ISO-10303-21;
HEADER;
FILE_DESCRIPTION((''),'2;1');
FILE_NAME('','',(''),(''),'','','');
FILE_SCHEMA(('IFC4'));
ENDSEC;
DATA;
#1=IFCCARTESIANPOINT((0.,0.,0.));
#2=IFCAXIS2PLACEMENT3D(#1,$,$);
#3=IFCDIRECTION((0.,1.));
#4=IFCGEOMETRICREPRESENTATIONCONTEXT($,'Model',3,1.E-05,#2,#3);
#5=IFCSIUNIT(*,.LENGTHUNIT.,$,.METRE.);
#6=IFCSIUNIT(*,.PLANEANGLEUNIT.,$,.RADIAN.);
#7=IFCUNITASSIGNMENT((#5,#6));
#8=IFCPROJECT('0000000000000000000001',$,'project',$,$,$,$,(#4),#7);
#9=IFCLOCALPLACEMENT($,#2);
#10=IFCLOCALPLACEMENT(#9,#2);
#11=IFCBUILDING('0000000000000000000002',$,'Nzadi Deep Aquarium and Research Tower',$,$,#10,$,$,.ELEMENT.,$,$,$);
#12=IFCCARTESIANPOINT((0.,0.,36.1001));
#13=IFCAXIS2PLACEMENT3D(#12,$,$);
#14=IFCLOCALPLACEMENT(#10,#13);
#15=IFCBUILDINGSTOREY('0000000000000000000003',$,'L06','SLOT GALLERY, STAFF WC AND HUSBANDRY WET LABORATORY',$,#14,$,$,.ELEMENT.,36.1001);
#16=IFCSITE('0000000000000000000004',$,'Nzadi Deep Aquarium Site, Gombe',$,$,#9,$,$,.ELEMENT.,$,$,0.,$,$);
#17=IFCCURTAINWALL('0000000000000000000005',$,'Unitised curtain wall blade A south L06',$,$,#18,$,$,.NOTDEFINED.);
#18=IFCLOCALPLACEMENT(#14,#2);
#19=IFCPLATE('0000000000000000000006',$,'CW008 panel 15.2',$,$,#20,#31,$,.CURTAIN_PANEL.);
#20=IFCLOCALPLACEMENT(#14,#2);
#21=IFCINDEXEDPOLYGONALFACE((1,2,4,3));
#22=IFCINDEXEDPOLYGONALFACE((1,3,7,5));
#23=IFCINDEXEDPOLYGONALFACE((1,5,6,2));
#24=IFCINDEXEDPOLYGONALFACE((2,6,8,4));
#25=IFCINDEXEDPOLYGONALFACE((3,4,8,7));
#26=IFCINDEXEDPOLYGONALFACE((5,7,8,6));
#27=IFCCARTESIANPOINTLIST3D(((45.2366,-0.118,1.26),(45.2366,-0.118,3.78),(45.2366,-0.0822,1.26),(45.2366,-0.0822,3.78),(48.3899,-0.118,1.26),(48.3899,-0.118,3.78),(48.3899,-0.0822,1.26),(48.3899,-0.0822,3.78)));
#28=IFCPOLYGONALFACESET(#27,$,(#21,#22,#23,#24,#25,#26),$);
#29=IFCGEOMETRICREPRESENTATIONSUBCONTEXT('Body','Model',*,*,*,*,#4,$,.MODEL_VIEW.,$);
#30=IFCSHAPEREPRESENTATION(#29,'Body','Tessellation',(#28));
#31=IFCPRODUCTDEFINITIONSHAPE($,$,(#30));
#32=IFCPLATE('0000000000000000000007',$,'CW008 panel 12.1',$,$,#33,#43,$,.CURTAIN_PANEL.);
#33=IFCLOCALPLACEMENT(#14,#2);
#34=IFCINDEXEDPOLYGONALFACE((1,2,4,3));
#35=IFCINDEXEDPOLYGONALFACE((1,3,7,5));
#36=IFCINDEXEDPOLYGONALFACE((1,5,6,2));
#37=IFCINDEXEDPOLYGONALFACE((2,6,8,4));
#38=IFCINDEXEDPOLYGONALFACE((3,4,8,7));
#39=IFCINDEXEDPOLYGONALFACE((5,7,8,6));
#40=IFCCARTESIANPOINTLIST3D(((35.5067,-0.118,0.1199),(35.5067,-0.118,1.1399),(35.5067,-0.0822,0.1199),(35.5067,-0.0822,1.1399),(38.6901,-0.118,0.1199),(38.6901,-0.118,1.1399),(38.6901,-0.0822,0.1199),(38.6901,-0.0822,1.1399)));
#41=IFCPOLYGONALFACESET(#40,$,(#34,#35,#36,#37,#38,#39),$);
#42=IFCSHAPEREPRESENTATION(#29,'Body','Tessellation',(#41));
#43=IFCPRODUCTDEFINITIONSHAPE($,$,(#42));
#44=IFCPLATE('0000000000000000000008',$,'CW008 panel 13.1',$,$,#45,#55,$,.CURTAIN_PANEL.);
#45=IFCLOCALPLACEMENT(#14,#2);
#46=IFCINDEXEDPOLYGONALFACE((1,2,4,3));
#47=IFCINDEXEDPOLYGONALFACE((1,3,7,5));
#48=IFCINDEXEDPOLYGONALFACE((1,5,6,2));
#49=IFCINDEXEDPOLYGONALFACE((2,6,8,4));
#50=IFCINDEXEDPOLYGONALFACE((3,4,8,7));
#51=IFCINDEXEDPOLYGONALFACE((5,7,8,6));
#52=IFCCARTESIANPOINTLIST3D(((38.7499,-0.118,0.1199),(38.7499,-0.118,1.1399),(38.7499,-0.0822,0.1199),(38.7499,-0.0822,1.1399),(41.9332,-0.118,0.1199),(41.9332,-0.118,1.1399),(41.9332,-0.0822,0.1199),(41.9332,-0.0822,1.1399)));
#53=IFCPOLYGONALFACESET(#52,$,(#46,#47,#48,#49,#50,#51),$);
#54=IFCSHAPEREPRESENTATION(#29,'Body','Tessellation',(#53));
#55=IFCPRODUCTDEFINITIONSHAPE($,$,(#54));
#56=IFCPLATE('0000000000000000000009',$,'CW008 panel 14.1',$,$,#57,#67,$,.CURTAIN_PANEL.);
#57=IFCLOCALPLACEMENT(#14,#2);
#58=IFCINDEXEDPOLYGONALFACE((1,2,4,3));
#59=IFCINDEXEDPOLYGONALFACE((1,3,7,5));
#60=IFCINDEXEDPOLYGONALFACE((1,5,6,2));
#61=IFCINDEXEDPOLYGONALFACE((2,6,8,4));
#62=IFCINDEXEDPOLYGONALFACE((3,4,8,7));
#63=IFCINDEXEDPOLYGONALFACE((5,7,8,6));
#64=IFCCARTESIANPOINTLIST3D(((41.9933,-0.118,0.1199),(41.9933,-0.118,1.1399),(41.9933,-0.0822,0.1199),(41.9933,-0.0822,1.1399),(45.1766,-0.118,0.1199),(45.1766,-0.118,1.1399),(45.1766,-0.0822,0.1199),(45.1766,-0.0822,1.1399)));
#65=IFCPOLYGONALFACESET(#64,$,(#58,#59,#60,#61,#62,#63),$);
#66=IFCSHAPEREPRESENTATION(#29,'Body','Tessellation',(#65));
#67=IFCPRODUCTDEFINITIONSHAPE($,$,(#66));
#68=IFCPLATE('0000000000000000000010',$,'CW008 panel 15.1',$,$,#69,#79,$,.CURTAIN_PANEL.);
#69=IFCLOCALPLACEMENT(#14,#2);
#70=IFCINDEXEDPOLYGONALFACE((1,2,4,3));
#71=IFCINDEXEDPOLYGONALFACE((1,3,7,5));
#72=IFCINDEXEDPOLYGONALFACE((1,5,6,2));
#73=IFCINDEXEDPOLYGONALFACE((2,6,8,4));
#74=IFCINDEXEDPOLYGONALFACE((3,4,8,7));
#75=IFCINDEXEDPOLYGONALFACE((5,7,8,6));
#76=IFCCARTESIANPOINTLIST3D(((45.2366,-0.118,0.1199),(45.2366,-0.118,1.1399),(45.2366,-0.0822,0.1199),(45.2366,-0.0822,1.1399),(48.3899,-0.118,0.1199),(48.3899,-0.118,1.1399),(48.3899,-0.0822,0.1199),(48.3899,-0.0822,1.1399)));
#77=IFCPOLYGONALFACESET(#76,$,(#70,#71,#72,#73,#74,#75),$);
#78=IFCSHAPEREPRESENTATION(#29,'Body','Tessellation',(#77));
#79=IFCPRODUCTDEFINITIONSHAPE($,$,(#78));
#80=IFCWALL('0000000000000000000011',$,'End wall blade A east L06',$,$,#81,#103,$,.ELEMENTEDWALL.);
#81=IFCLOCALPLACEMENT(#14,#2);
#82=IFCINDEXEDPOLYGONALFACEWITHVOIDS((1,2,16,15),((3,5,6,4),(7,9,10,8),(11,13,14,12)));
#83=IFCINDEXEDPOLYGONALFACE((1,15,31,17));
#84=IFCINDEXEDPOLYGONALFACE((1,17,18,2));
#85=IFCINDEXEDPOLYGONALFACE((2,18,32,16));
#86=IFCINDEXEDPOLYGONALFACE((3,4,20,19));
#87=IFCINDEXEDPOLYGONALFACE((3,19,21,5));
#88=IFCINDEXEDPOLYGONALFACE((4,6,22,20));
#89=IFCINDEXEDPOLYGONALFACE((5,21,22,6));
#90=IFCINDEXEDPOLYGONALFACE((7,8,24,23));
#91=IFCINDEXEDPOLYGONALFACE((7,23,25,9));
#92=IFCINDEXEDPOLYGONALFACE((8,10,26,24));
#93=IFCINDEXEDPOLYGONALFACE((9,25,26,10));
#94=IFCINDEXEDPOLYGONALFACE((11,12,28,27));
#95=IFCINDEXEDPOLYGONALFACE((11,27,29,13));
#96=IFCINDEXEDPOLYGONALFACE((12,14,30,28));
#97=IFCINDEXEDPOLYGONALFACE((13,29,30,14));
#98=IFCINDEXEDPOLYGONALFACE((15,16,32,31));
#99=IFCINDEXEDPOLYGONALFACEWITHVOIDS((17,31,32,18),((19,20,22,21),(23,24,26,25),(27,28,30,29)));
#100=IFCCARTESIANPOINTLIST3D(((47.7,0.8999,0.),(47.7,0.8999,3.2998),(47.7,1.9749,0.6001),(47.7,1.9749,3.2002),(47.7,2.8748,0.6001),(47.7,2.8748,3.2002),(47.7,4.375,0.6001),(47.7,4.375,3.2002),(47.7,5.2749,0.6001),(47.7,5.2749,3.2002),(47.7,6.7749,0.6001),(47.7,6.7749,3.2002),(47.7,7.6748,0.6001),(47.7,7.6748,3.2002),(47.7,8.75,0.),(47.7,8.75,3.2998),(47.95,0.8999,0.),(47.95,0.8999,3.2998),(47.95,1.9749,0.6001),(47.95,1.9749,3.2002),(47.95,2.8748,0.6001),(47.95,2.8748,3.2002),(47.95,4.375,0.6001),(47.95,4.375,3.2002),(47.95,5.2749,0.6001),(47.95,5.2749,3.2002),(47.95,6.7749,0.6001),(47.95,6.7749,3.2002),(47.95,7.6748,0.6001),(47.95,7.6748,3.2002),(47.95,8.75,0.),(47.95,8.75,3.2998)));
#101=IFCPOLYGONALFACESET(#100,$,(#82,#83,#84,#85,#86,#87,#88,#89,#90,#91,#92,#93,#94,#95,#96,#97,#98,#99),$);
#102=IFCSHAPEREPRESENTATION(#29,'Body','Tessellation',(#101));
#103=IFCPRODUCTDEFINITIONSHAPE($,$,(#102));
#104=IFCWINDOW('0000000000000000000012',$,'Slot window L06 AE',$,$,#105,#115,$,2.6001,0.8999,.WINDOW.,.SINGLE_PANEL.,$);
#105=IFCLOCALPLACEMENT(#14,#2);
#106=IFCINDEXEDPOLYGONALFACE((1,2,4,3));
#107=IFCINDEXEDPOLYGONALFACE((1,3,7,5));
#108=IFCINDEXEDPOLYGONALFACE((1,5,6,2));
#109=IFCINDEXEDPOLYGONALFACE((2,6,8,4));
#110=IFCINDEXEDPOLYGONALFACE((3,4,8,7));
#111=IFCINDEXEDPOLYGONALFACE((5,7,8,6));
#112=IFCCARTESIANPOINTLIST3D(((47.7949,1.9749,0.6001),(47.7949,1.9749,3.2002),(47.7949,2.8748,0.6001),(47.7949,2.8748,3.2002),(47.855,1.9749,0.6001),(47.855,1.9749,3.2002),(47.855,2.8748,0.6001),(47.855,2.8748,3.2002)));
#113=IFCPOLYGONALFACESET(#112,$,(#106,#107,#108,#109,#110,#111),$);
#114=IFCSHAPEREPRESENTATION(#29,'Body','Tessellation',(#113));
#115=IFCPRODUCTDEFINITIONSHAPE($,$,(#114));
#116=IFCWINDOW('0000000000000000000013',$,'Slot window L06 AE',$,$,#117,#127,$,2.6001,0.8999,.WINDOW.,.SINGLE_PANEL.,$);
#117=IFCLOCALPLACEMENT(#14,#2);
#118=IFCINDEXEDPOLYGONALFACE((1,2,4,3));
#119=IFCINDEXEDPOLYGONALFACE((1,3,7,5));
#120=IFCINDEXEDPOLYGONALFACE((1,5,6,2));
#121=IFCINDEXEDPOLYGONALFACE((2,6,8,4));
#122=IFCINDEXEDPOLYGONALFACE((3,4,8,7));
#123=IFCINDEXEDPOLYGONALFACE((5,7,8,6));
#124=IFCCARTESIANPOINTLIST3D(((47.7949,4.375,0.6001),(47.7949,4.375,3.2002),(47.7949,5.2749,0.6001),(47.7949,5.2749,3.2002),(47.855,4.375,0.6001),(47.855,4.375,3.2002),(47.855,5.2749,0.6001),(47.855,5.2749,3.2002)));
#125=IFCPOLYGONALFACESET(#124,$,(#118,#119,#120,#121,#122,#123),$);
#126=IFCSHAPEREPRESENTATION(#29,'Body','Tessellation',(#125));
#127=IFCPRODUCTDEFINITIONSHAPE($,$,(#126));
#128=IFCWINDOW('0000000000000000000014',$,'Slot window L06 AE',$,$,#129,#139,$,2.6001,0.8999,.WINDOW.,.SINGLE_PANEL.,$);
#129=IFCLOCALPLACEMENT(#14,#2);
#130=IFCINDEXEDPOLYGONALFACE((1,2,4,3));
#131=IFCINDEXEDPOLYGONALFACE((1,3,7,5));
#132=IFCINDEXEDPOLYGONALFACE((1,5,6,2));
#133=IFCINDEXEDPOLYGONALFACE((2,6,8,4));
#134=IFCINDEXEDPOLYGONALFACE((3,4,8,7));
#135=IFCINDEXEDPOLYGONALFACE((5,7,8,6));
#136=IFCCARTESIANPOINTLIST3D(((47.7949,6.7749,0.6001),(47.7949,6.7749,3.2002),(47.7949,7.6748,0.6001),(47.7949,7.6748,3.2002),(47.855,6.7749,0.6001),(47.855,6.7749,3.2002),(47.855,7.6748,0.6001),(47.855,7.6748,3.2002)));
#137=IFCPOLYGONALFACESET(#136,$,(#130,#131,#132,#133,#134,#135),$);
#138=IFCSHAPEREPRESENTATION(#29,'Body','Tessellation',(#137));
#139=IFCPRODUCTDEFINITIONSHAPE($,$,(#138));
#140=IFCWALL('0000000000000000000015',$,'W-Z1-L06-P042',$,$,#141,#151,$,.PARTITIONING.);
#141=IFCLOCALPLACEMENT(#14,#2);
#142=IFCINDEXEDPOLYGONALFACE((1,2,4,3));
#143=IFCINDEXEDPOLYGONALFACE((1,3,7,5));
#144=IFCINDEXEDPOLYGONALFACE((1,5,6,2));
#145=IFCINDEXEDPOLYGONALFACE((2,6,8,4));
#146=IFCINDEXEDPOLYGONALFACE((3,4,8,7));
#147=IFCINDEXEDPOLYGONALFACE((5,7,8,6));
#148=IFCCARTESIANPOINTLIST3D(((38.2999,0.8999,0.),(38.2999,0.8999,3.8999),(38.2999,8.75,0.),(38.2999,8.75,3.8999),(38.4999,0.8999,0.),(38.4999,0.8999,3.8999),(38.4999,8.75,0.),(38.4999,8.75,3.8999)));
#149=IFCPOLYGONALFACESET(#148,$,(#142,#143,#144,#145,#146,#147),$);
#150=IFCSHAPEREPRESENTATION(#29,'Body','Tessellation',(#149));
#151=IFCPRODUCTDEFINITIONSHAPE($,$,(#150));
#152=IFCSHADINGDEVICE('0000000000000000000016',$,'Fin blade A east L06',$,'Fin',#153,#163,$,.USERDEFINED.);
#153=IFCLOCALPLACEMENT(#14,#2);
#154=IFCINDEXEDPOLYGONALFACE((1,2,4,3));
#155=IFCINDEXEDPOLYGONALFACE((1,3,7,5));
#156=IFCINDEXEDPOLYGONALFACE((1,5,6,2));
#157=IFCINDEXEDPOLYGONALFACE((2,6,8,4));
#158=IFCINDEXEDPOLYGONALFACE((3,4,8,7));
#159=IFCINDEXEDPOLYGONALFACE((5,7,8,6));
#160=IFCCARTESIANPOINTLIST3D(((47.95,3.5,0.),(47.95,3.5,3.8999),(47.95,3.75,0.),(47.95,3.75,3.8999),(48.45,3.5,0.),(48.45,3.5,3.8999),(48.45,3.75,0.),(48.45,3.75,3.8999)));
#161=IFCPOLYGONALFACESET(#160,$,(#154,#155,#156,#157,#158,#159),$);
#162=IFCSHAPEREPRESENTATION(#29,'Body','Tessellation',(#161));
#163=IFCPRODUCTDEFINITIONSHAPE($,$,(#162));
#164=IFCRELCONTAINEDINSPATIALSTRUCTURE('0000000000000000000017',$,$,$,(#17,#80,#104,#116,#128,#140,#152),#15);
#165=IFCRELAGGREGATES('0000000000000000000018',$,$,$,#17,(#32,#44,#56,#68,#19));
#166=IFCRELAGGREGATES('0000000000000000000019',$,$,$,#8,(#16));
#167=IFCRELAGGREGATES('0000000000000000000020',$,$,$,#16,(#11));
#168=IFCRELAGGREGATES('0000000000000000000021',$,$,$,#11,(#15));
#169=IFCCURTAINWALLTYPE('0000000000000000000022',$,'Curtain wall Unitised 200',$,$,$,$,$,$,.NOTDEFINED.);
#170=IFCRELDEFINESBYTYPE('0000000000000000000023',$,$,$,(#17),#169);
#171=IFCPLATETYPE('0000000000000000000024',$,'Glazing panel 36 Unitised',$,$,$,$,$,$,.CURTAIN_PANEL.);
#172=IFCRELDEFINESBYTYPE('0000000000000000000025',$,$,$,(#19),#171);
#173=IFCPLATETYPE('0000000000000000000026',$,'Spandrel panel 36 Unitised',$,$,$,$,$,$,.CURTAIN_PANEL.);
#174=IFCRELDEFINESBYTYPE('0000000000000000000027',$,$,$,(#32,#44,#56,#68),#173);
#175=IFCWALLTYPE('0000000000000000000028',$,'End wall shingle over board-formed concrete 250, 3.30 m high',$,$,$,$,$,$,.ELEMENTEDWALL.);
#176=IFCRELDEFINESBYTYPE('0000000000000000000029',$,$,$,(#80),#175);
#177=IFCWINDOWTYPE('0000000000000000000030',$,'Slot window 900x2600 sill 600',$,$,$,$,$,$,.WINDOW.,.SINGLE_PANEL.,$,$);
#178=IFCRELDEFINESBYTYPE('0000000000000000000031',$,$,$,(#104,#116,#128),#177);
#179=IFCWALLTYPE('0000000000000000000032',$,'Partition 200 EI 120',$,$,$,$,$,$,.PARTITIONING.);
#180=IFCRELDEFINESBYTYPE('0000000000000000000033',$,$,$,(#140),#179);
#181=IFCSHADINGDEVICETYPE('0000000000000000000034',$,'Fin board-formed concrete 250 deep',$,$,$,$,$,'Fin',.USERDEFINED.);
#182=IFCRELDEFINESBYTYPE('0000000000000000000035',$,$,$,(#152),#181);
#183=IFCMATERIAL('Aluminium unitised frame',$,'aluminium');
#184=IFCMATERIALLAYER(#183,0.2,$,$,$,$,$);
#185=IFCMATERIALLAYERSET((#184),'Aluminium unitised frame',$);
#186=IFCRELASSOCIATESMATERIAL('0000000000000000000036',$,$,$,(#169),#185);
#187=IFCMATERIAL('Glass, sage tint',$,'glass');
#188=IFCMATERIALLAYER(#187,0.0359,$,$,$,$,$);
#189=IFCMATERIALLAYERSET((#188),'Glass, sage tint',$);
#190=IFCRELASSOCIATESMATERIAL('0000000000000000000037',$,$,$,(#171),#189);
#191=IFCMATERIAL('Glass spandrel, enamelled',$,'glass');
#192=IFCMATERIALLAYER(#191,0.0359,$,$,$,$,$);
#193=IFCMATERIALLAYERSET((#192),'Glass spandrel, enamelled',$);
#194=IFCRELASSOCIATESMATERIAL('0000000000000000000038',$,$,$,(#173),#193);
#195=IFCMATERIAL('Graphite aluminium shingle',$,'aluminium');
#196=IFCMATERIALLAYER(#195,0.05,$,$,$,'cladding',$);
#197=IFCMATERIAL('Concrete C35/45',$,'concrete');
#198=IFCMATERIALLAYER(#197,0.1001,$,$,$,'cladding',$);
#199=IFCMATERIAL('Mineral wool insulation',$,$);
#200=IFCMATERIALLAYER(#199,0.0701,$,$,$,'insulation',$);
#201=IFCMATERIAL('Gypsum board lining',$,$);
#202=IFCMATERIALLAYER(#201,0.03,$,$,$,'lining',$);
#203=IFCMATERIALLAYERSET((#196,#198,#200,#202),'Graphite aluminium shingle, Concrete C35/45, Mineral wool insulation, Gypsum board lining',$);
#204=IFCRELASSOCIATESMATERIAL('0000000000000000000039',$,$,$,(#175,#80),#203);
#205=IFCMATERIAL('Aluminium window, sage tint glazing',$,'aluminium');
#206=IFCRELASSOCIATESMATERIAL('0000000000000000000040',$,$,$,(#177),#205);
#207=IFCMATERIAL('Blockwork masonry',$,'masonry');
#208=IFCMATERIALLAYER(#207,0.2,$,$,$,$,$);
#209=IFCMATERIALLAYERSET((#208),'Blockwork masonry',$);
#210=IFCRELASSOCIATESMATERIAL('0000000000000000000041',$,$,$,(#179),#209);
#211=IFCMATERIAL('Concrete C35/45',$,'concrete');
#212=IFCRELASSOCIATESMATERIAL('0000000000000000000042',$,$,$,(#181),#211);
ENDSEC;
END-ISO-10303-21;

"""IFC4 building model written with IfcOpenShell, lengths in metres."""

from ifc_helpers import new_model, si_unit, direction, frame, frame_2d, origin, origin_2d, place, context, subcontext, project, spatial, rectangle, extrude, material, layer, layer_set, layer_usage, type_object, element, fill, aggregate, save


model = new_model("IFC4")

# Units and contexts
model_context = context("Model", 3, precision=1e-05, world=origin(), true_north=direction((0.0, 1.0)))
body_context = subcontext(model_context, "Body", "Model", "MODEL_VIEW")
ifc_project = project(units=[si_unit("LENGTHUNIT", "METRE"), si_unit("PLANEANGLEUNIT", "RADIAN")], contexts=[model_context])

# Site, building, storey
site_placement = place(None, origin())
site = spatial("IfcSite", under=ifc_project, at=site_placement, Name="Nzadi Deep Aquarium Site, Gombe", CompositionType="ELEMENT", RefElevation=0.0)
building_placement = place(site_placement, origin())
building = spatial("IfcBuilding", under=site, at=building_placement, Name="Nzadi Deep Aquarium and Research Tower", CompositionType="ELEMENT")
storey_placement = place(building_placement, frame((0.0, 0.0, 36.1001)))
storey = spatial("IfcBuildingStorey", under=building, at=storey_placement, Name="L06", Description="SLOT GALLERY, STAFF WC AND HUSBANDRY WET LABORATORY", CompositionType="ELEMENT", Elevation=36.1001)

# Curtain wall
ifc_material_1 = material(Name="Aluminium unitised frame", Category="aluminium")
ifc_layer_1 = layer(ifc_material_1, 0.2)
ifc_layer_set_1 = layer_set([ifc_layer_1], Name="Aluminium unitised frame")
curtain_wall_type = type_object("IfcCurtainWallType", Name="Curtain wall Unitised 200", PredefinedType="NOTDEFINED", material=ifc_layer_set_1)
curtain_wall_placement = place(storey_placement, origin())
curtain_wall = element("IfcCurtainWall", 1, at=curtain_wall_placement, inside=storey, type_object=curtain_wall_type, Name="Unitised curtain wall blade A south L06", PredefinedType="NOTDEFINED")

# Plates
ifc_material_2 = material(Name="Glass, sage tint", Category="glass")
ifc_layer_2 = layer(ifc_material_2, 0.0359)
ifc_layer_set_2 = layer_set([ifc_layer_2], Name="Glass, sage tint")
plate_type_1 = type_object("IfcPlateType", Name="Glazing panel 36 Unitised", PredefinedType="CURTAIN_PANEL", material=ifc_layer_set_2)
plate_1_placement = place(storey_placement, frame((46.8132, -0.1001, 1.26), z_axis=(0.0, 0.0, 1.0), x_axis=(1.0, 0.0, 0.0)))
plate_1 = element("IfcPlate", 2, at=plate_1_placement, type_object=plate_type_1, Name="CW008 panel 15.2", PredefinedType="CURTAIN_PANEL", context=body_context, shape_type="SweptSolid", body=[
    extrude(rectangle(XDim=3.1533, YDim=0.0359, at=origin_2d()), origin(), (0.0, 0.0, 1.0), 2.52),
])
ifc_material_3 = material(Name="Glass spandrel, enamelled", Category="glass")
ifc_layer_3 = layer(ifc_material_3, 0.0359)
ifc_layer_set_3 = layer_set([ifc_layer_3], Name="Glass spandrel, enamelled")
plate_type_2 = type_object("IfcPlateType", Name="Spandrel panel 36 Unitised", PredefinedType="CURTAIN_PANEL", material=ifc_layer_set_3)
plate_2_placement = place(storey_placement, frame((37.0984, -0.1001, 0.1199), z_axis=(0.0, 0.0, 1.0), x_axis=(1.0, 0.0, 0.0)))
plate_2 = element("IfcPlate", 3, at=plate_2_placement, type_object=plate_type_2, Name="CW008 panel 12.1", PredefinedType="CURTAIN_PANEL", context=body_context, shape_type="SweptSolid", body=[
    extrude(rectangle(XDim=3.1833, YDim=0.0359, at=origin_2d()), origin(), (0.0, 0.0, 1.0), 1.02),
])
plate_3_placement = place(storey_placement, frame((40.3416, -0.1001, 0.1199), z_axis=(0.0, 0.0, 1.0), x_axis=(1.0, 0.0, 0.0)))
plate_3 = element("IfcPlate", 4, at=plate_3_placement, type_object=plate_type_2, Name="CW008 panel 13.1", PredefinedType="CURTAIN_PANEL", context=body_context, shape_type="SweptSolid", body=[
    extrude(rectangle(XDim=3.1833, YDim=0.0359, at=origin_2d()), origin(), (0.0, 0.0, 1.0), 1.02),
])
plate_4_placement = place(storey_placement, frame((43.585, -0.1001, 0.1199), z_axis=(0.0, 0.0, 1.0), x_axis=(1.0, 0.0, 0.0)))
plate_4 = element("IfcPlate", 5, at=plate_4_placement, type_object=plate_type_2, Name="CW008 panel 14.1", PredefinedType="CURTAIN_PANEL", context=body_context, shape_type="SweptSolid", body=[
    extrude(rectangle(XDim=3.1833, YDim=0.0359, at=origin_2d()), origin(), (0.0, 0.0, 1.0), 1.02),
])
plate_5_placement = place(storey_placement, frame((46.8132, -0.1001, 0.1199), z_axis=(0.0, 0.0, 1.0), x_axis=(1.0, 0.0, 0.0)))
plate_5 = element("IfcPlate", 6, at=plate_5_placement, type_object=plate_type_2, Name="CW008 panel 15.1", PredefinedType="CURTAIN_PANEL", context=body_context, shape_type="SweptSolid", body=[
    extrude(rectangle(XDim=3.1533, YDim=0.0359, at=origin_2d()), origin(), (0.0, 0.0, 1.0), 1.02),
])
aggregate(curtain_wall, [plate_2, plate_3, plate_4, plate_5, plate_1])

# Wall, openings, windows
ifc_material_4 = material(Name="Graphite aluminium shingle", Category="aluminium")
ifc_layer_4 = layer(ifc_material_4, 0.05, Category="cladding")
ifc_material_5 = material(Name="Concrete C35/45", Category="concrete")
ifc_layer_5 = layer(ifc_material_5, 0.1001, Category="cladding")
ifc_material_6 = material(Name="Mineral wool insulation")
ifc_layer_6 = layer(ifc_material_6, 0.0701, Category="insulation")
ifc_material_7 = material(Name="Gypsum board lining")
ifc_layer_7 = layer(ifc_material_7, 0.03, Category="lining")
ifc_layer_set_4 = layer_set([ifc_layer_4, ifc_layer_5, ifc_layer_6, ifc_layer_7], Name="Graphite aluminium shingle, Concrete C35/45, Mineral wool insulation, Gypsum board lining")
ifc_layer_usage = layer_usage(ifc_layer_set_4, "AXIS2", "POSITIVE", -0.125)
wall_type_1 = type_object("IfcWallType", Name="End wall shingle over board-formed concrete 250, 3.30 m high", PredefinedType="ELEMENTEDWALL", material=ifc_layer_set_4)
wall_1_placement = place(storey_placement, frame((47.825, 0.8999, 0.0), z_axis=(0.0, 0.0, 1.0), x_axis=(0.0, 1.0, 0.0)))
wall_1 = element("IfcWall", 7, at=wall_1_placement, inside=storey, type_object=wall_type_1, material=ifc_layer_usage, Name="End wall blade A east L06", PredefinedType="ELEMENTEDWALL", context=body_context, shape_type="SweptSolid", body=[
    extrude(rectangle(XDim=7.8501, YDim=0.25, at=frame_2d((3.925, 0.0))), origin(), (0.0, 0.0, 1.0), 3.2998),
])
opening_1_placement = place(wall_1_placement, frame((1.075, 0.0, 0.6001)))
opening_1 = element("IfcOpeningElement", 8, at=opening_1_placement, cuts=wall_1, PredefinedType="OPENING", context=body_context, shape_type="SweptSolid", body=[
    extrude(rectangle(XDim=0.8999, YDim=2.6001, at=frame_2d((0.45, 1.3))), frame((0.0, 0.135, 0.0), z_axis=(0.0, -1.0, 0.0), x_axis=(1.0, 0.0, 0.0)), (0.0, 0.0, 1.0), 0.27),
])
opening_2_placement = place(wall_1_placement, frame((3.4751, 0.0, 0.6001)))
opening_2 = element("IfcOpeningElement", 9, at=opening_2_placement, cuts=wall_1, PredefinedType="OPENING", context=body_context, shape_type="SweptSolid", body=[
    extrude(rectangle(XDim=0.8999, YDim=2.6001, at=frame_2d((0.45, 1.3))), frame((0.0, 0.135, 0.0), z_axis=(0.0, -1.0, 0.0), x_axis=(1.0, 0.0, 0.0)), (0.0, 0.0, 1.0), 0.27),
])
opening_3_placement = place(wall_1_placement, frame((5.875, 0.0, 0.6001)))
opening_3 = element("IfcOpeningElement", 10, at=opening_3_placement, cuts=wall_1, PredefinedType="OPENING", context=body_context, shape_type="SweptSolid", body=[
    extrude(rectangle(XDim=0.8999, YDim=2.6001, at=frame_2d((0.45, 1.3))), frame((0.0, 0.135, 0.0), z_axis=(0.0, -1.0, 0.0), x_axis=(1.0, 0.0, 0.0)), (0.0, 0.0, 1.0), 0.27),
])
ifc_material_8 = material(Name="Aluminium window, sage tint glazing", Category="aluminium")
window_type = type_object("IfcWindowType", Name="Slot window 900x2600 sill 600", PartitioningType="SINGLE_PANEL", PredefinedType="WINDOW", material=ifc_material_8)
window_1_placement = place(opening_1_placement, origin())
window_1 = element("IfcWindow", 11, at=window_1_placement, inside=storey, type_object=window_type, Name="Slot window L06 AE", OverallHeight=2.6001, OverallWidth=0.8999, PartitioningType="SINGLE_PANEL", PredefinedType="WINDOW", context=body_context, shape_type="SweptSolid", body=[
    extrude(rectangle(XDim=0.8999, YDim=2.6001, at=frame_2d((0.45, 1.3))), frame((0.0, 0.03, 0.0), z_axis=(0.0, -1.0, 0.0), x_axis=(1.0, 0.0, 0.0)), (0.0, 0.0, 1.0), 0.0601),
])
fill(opening_1, window_1)
window_2_placement = place(opening_2_placement, origin())
window_2 = element("IfcWindow", 12, at=window_2_placement, inside=storey, type_object=window_type, Name="Slot window L06 AE", OverallHeight=2.6001, OverallWidth=0.8999, PartitioningType="SINGLE_PANEL", PredefinedType="WINDOW", context=body_context, shape_type="SweptSolid", body=[
    extrude(rectangle(XDim=0.8999, YDim=2.6001, at=frame_2d((0.45, 1.3))), frame((0.0, 0.03, 0.0), z_axis=(0.0, -1.0, 0.0), x_axis=(1.0, 0.0, 0.0)), (0.0, 0.0, 1.0), 0.0601),
])
fill(opening_2, window_2)
window_3_placement = place(opening_3_placement, origin())
window_3 = element("IfcWindow", 13, at=window_3_placement, inside=storey, type_object=window_type, Name="Slot window L06 AE", OverallHeight=2.6001, OverallWidth=0.8999, PartitioningType="SINGLE_PANEL", PredefinedType="WINDOW", context=body_context, shape_type="SweptSolid", body=[
    extrude(rectangle(XDim=0.8999, YDim=2.6001, at=frame_2d((0.45, 1.3))), frame((0.0, 0.03, 0.0), z_axis=(0.0, -1.0, 0.0), x_axis=(1.0, 0.0, 0.0)), (0.0, 0.0, 1.0), 0.0601),
])
fill(opening_3, window_3)

# Wall
ifc_material_9 = material(Name="Blockwork masonry", Category="masonry")
ifc_layer_8 = layer(ifc_material_9, 0.2)
ifc_layer_set_5 = layer_set([ifc_layer_8], Name="Blockwork masonry")
wall_type_2 = type_object("IfcWallType", Name="Partition 200 EI 120", PredefinedType="PARTITIONING", material=ifc_layer_set_5)
wall_2_placement = place(storey_placement, frame((38.3999, 0.8999, 0.0), z_axis=(0.0, 0.0, 1.0), x_axis=(0.0, 1.0, 0.0)))
element("IfcWall", 14, at=wall_2_placement, inside=storey, type_object=wall_type_2, Name="W-Z1-L06-P042", PredefinedType="PARTITIONING", context=body_context, shape_type="SweptSolid", body=[
    extrude(rectangle(XDim=7.8501, YDim=0.2, at=frame_2d((3.925, 0.0))), origin(), (0.0, 0.0, 1.0), 3.8999),
])

# Shading device
ifc_material_10 = material(Name="Concrete C35/45", Category="concrete")
shading_device_type = type_object("IfcShadingDeviceType", Name="Fin board-formed concrete 250 deep", ElementType="Fin", PredefinedType="USERDEFINED", material=ifc_material_10)
shading_device_placement = place(storey_placement, frame((48.2, 3.625, 0.0), z_axis=(0.0, 0.0, 1.0), x_axis=(1.0, 0.0, 0.0)))
element("IfcShadingDevice", 15, at=shading_device_placement, inside=storey, type_object=shading_device_type, Name="Fin blade A east L06", ObjectType="Fin", PredefinedType="USERDEFINED", context=body_context, shape_type="SweptSolid", body=[
    extrude(rectangle(XDim=0.5, YDim=0.25, at=origin_2d()), origin(), (0.0, 0.0, 1.0), 3.8999),
])

save(model, "model.ifc")
